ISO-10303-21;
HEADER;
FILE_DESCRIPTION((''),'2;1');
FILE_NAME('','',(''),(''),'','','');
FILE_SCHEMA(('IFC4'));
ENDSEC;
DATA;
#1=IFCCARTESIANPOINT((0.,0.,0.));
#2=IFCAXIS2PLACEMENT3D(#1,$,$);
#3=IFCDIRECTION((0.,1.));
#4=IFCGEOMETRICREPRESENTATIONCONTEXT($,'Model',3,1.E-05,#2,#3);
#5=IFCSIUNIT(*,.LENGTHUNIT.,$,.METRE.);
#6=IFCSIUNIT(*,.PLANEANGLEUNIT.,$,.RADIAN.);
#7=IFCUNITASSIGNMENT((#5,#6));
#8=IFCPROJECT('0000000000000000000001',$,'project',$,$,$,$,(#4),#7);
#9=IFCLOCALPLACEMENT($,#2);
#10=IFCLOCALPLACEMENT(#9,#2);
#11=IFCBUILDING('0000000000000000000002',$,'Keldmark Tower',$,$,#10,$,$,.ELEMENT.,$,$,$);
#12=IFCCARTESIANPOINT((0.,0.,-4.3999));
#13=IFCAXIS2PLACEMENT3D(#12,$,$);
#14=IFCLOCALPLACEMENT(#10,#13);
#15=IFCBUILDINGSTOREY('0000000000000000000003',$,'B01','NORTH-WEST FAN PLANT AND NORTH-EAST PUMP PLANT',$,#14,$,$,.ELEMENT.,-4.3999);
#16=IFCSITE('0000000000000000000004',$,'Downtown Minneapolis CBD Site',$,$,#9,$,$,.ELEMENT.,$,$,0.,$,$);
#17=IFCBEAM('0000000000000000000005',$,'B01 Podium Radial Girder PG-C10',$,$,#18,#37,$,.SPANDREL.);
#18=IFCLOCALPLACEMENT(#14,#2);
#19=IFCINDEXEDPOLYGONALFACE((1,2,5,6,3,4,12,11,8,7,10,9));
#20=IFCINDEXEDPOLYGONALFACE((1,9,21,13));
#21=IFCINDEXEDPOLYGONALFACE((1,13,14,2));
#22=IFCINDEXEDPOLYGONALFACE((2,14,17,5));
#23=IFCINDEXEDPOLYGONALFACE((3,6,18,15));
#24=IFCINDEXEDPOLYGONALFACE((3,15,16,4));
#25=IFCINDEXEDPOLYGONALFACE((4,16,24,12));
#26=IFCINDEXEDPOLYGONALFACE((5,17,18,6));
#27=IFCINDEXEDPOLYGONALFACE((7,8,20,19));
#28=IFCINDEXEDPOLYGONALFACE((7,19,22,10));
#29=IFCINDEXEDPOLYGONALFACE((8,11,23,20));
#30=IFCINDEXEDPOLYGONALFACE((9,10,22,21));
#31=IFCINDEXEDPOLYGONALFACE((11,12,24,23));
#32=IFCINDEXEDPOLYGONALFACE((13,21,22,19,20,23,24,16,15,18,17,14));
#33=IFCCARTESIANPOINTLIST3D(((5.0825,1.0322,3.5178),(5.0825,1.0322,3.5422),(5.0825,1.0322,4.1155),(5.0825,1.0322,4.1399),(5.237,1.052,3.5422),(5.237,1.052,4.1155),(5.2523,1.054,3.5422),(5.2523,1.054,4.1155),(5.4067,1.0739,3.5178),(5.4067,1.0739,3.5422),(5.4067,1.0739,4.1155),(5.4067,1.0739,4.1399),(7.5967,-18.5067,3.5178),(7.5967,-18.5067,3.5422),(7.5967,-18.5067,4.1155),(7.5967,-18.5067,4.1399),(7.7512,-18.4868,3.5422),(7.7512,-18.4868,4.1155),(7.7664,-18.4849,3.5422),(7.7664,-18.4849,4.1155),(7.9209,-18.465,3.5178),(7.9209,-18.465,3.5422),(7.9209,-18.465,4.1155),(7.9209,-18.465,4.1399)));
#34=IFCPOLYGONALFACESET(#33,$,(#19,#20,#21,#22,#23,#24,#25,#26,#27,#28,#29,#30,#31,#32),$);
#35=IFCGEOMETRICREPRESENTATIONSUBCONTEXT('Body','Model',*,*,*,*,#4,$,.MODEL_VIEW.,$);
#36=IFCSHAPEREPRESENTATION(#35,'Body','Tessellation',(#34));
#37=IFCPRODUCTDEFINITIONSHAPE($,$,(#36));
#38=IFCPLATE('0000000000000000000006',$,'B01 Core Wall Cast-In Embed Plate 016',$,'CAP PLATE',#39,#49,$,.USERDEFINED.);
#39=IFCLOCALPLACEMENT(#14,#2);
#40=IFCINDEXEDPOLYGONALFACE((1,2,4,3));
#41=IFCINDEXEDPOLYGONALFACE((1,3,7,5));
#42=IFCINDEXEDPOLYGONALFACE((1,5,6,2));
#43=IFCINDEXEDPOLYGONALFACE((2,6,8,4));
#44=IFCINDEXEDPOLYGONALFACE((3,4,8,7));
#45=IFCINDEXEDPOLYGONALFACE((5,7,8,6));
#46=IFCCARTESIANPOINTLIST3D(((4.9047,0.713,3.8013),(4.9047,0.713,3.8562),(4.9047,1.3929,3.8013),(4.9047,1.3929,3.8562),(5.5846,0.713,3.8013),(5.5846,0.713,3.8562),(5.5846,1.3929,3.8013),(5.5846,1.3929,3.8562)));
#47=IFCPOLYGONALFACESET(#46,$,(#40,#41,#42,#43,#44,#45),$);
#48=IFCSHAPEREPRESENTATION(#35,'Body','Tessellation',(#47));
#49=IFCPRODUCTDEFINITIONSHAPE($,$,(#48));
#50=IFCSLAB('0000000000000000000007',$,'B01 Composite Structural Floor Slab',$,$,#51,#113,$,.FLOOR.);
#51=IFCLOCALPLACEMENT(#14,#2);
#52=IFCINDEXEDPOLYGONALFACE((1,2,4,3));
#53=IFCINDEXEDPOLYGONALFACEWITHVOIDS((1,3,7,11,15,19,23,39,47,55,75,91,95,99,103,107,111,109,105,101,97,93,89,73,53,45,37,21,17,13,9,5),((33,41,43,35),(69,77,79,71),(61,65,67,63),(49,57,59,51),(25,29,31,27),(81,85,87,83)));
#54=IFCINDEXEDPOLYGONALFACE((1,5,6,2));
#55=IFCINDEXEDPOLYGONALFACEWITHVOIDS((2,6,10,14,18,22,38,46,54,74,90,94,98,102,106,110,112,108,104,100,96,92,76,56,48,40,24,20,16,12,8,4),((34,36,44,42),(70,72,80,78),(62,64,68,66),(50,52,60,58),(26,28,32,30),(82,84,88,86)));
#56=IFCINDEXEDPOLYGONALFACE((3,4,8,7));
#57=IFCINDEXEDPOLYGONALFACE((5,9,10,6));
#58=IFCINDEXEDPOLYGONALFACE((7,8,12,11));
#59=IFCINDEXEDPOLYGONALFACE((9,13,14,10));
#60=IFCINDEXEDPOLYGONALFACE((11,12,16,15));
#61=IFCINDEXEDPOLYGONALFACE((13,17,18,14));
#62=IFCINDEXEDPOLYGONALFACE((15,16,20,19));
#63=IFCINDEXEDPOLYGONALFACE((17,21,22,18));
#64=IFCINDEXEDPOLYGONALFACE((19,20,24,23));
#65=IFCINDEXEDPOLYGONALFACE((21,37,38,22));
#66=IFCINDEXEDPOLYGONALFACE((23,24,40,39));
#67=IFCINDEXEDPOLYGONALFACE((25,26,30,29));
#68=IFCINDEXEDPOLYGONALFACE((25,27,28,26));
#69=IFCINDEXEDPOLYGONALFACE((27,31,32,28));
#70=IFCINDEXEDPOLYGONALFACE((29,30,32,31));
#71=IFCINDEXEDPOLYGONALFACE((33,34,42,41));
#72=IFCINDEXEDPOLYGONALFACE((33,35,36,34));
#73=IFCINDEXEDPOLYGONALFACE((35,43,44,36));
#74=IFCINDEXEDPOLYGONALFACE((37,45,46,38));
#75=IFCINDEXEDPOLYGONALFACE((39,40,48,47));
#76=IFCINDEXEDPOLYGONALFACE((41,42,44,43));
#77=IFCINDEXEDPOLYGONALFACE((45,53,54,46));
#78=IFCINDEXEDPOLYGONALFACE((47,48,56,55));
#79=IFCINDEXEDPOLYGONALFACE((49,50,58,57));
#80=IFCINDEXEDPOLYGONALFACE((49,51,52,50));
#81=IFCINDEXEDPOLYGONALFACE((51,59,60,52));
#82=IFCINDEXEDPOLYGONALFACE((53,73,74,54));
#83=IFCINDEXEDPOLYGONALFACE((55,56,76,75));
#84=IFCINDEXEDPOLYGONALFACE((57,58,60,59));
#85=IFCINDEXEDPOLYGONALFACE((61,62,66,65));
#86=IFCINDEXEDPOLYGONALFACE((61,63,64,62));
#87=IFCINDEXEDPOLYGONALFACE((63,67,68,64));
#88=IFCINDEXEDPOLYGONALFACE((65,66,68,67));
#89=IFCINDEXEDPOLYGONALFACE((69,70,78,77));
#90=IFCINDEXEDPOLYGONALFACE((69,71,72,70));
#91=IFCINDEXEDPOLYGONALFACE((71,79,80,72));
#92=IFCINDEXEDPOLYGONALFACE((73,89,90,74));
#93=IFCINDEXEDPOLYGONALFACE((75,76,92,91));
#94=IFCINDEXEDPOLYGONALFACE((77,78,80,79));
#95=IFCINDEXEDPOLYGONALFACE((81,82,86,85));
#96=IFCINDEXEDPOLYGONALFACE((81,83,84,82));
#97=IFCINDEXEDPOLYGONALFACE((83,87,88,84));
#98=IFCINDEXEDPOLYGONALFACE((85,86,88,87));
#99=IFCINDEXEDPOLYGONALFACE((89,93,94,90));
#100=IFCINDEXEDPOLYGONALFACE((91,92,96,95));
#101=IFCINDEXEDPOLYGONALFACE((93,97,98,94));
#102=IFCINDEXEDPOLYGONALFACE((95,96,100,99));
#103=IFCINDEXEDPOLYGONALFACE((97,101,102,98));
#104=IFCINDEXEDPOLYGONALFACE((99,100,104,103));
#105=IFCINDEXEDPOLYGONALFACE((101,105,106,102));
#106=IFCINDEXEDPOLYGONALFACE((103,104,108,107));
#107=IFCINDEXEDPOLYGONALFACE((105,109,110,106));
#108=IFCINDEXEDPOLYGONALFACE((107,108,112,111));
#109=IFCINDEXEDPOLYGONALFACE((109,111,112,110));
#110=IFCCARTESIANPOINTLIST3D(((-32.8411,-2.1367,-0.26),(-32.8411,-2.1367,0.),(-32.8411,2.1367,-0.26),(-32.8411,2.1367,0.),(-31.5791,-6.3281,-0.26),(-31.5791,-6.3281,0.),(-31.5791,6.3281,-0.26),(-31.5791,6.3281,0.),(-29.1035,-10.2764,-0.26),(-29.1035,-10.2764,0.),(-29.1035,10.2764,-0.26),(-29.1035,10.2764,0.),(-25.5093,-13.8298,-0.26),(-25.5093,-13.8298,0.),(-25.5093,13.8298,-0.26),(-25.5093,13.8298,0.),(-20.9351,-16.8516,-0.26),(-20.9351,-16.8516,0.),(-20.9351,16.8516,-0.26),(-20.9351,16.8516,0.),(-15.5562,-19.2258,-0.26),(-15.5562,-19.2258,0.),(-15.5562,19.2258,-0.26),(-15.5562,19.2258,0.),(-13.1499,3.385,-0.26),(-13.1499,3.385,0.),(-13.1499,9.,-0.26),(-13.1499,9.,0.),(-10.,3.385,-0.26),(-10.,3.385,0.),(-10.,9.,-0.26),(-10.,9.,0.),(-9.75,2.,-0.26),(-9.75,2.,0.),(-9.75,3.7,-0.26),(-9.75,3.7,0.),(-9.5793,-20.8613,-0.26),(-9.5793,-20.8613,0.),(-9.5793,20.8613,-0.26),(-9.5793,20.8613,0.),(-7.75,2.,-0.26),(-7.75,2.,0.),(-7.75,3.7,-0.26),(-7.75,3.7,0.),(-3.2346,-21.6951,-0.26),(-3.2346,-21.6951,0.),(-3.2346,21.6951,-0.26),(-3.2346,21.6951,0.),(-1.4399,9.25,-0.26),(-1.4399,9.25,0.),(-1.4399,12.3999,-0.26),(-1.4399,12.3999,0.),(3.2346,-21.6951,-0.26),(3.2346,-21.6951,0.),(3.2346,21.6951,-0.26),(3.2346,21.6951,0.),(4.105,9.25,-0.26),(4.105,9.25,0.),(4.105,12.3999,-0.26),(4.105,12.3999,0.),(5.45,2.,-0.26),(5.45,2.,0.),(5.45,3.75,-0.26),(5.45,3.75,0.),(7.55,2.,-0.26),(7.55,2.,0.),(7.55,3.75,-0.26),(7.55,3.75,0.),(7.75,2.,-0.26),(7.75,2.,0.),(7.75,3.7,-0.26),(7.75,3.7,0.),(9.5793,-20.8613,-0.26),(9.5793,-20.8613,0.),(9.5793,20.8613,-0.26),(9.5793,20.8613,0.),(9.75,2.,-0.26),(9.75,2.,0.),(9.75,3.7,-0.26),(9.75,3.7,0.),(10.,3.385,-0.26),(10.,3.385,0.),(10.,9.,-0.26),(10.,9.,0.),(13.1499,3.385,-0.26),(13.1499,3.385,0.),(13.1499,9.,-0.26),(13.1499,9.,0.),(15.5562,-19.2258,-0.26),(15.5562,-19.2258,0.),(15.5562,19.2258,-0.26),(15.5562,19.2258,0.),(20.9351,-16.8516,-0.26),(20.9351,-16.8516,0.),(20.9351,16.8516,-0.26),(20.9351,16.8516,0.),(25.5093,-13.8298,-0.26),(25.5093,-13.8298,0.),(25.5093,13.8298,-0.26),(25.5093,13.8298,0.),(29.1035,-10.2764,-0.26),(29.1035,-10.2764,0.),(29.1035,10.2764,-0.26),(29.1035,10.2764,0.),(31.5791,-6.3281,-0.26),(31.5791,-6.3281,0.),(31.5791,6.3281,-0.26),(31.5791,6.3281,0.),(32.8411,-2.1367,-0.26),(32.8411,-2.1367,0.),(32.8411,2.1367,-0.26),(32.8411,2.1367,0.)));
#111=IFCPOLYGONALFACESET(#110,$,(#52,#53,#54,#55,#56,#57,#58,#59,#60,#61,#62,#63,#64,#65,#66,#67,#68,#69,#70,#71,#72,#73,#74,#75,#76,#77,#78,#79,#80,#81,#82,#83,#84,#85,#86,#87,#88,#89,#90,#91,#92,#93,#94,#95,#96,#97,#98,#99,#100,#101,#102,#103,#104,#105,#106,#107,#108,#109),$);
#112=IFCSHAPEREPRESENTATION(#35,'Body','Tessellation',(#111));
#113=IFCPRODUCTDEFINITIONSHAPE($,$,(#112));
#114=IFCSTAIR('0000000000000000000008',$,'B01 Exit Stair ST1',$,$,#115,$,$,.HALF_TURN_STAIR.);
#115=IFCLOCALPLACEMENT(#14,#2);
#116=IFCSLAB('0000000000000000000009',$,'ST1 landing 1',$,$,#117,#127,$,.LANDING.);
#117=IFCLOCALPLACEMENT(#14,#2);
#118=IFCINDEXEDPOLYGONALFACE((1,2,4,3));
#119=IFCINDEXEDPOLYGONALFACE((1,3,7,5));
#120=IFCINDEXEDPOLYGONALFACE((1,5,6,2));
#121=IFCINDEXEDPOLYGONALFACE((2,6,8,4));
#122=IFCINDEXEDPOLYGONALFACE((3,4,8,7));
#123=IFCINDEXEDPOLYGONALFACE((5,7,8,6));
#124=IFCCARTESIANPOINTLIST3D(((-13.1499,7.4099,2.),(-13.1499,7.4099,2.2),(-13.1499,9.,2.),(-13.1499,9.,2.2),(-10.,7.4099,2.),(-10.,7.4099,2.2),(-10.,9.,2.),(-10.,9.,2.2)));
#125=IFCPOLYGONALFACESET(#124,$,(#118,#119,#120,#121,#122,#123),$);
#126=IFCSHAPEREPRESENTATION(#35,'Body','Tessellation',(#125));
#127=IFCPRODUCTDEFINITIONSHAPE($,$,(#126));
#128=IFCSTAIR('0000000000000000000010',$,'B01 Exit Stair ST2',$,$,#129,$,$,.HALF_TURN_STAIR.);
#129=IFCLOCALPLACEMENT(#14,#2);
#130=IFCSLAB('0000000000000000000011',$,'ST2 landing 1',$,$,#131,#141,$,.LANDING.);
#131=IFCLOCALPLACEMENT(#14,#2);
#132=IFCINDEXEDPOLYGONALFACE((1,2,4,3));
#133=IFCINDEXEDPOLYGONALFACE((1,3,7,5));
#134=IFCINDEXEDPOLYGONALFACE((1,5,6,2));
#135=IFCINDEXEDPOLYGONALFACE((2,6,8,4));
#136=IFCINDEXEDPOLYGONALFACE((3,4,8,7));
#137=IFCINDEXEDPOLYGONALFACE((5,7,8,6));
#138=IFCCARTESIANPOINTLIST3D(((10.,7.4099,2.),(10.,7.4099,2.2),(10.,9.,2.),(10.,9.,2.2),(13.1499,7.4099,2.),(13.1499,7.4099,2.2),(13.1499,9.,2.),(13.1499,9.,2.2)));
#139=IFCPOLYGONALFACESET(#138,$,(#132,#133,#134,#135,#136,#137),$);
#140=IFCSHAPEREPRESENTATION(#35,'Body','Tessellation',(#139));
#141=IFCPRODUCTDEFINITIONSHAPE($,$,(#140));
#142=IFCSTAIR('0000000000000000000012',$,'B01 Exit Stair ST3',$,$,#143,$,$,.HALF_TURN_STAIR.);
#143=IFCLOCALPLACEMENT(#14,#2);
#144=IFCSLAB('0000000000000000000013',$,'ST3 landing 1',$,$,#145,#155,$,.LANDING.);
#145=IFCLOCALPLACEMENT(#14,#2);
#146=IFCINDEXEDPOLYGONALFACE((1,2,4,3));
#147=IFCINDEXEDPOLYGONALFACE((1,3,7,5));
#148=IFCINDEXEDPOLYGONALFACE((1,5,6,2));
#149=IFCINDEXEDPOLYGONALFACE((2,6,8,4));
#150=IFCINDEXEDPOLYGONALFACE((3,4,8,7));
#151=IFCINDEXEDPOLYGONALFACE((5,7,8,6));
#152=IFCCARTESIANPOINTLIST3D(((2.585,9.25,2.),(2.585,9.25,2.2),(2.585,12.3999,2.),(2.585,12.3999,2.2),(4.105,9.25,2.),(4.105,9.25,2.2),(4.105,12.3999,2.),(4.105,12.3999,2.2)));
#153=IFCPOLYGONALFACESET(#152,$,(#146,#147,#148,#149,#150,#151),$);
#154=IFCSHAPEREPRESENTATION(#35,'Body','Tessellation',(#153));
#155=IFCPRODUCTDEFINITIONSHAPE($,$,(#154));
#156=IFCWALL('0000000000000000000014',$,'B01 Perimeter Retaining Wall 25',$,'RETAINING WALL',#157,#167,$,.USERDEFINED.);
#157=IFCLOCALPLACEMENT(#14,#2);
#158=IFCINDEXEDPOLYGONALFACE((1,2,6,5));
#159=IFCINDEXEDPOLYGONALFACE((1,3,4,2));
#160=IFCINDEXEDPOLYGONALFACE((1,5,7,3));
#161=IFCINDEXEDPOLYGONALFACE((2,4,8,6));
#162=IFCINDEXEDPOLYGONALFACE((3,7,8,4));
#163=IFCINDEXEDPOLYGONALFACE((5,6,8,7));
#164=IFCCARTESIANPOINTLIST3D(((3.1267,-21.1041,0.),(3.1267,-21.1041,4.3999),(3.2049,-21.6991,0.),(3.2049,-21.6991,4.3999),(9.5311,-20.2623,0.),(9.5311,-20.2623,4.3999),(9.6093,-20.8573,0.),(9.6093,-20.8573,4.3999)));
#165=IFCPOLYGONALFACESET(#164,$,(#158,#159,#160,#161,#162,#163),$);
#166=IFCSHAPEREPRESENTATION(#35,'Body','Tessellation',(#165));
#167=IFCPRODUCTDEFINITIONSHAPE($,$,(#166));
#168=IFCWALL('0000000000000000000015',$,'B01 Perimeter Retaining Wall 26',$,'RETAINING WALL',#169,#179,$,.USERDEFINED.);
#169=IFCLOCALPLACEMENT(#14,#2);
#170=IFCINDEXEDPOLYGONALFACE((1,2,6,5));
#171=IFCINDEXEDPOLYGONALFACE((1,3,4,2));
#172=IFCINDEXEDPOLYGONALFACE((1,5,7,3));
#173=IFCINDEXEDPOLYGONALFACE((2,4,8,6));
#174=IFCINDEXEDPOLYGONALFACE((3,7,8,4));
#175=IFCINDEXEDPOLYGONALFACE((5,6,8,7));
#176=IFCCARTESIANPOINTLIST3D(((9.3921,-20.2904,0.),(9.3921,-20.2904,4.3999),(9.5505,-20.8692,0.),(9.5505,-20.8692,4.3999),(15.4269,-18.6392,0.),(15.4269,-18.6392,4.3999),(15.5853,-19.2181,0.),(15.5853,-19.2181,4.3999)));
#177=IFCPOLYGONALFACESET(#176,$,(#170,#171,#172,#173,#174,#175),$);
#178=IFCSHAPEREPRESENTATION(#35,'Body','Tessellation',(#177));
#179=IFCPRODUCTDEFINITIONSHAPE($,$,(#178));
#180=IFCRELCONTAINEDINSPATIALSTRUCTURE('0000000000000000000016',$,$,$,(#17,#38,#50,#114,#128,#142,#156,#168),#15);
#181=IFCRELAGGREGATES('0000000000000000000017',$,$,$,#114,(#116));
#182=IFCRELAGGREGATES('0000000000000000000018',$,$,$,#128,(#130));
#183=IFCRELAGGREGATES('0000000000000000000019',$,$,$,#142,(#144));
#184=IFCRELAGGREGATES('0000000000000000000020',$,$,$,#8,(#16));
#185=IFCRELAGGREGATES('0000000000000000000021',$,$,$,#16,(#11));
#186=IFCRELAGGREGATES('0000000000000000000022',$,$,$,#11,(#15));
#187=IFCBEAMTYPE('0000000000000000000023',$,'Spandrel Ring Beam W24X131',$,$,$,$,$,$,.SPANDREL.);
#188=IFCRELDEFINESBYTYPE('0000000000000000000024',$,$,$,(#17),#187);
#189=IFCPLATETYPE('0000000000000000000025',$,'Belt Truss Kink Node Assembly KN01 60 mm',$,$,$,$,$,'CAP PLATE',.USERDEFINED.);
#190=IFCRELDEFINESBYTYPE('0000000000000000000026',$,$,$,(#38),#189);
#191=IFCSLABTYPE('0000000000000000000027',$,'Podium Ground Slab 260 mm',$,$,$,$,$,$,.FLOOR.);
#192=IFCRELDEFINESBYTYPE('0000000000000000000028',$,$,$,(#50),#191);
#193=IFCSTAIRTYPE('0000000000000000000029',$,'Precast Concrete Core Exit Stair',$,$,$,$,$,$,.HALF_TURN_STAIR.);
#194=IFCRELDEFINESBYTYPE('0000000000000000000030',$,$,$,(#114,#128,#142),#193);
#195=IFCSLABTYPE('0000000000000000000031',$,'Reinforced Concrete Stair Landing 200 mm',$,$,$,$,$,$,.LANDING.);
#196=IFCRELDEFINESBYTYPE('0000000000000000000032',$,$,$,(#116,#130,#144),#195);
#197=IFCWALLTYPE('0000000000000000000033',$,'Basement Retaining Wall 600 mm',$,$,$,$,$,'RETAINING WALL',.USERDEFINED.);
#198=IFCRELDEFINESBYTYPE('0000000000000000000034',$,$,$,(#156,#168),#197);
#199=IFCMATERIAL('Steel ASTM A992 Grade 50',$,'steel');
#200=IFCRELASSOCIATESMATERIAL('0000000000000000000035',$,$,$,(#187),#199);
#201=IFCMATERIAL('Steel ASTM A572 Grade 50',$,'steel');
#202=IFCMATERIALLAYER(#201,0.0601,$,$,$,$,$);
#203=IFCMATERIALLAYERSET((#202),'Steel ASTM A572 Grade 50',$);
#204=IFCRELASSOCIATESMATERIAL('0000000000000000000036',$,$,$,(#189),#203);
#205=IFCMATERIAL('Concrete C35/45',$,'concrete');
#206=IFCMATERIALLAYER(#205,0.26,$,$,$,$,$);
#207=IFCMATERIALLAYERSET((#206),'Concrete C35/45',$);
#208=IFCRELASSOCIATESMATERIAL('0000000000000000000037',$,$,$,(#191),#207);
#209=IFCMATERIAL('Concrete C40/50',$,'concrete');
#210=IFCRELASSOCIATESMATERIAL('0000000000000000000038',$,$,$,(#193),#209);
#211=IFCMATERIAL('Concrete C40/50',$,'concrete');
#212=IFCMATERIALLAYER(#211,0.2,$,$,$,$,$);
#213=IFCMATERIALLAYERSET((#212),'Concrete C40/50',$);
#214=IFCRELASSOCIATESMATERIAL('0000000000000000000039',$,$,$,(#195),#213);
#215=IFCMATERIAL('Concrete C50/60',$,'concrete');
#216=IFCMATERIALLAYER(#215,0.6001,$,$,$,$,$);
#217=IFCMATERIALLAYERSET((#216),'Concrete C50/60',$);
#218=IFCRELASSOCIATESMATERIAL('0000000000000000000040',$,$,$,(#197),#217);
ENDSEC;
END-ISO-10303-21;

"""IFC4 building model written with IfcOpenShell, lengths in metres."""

from ifc_helpers import new_model, si_unit, direction, frame, frame_2d, origin, origin_2d, place, context, subcontext, project, spatial, polyline, rectangle, i_section, outline, extrude, material, layer, layer_set, material_profile, profile_set, type_object, element, aggregate, save


model = new_model("IFC4")

# Units and contexts
model_context = context("Model", 3, precision=1e-05, world=origin(), true_north=direction((0.0, 1.0)))
body_context = subcontext(model_context, "Body", "Model", "MODEL_VIEW")
ifc_project = project(units=[si_unit("LENGTHUNIT", "METRE"), si_unit("PLANEANGLEUNIT", "RADIAN")], contexts=[model_context])

# Site, building, storey
site_placement = place(None, origin())
site = spatial("IfcSite", under=ifc_project, at=site_placement, Name="Downtown Minneapolis CBD Site", CompositionType="ELEMENT", RefElevation=0.0)
building_placement = place(site_placement, origin())
building = spatial("IfcBuilding", under=site, at=building_placement, Name="Keldmark Tower", CompositionType="ELEMENT")
storey_placement = place(building_placement, frame((0.0, 0.0, -4.3999)))
storey = spatial("IfcBuildingStorey", under=building, at=storey_placement, Name="B01", Description="NORTH-WEST FAN PLANT AND NORTH-EAST PUMP PLANT", CompositionType="ELEMENT", Elevation=-4.3999)

# Beam
ifc_material_1 = material(Name="Steel ASTM A992 Grade 50", Category="steel")
ifc_material_profile_1 = material_profile(ifc_material_1, i_section(OverallWidth=0.3269, OverallDepth=0.6221, WebThickness=0.0154, FlangeThickness=0.0244, at=origin_2d()), Name="W24X131")
ifc_profile_set_1 = profile_set([ifc_material_profile_1], Name="Steel ASTM A992 Grade 50")
beam_type_1 = type_object("IfcBeamType", Name="Spandrel Ring Beam W24X131", PredefinedType="SPANDREL", material=ifc_profile_set_1)
beam_1_placement = place(storey_placement, frame((7.7588, -18.4858, 3.8289), z_axis=(-0.127623, 0.991823, 0.0), x_axis=(-0.991823, -0.127623, 0.0)))
element("IfcBeam", 1, at=beam_1_placement, inside=storey, type_object=beam_type_1, Name="B01 Podium Radial Girder PG-C10", PredefinedType="SPANDREL", context=body_context, shape_type="SweptSolid", body=[
    extrude(i_section(OverallWidth=0.3269, OverallDepth=0.6221, WebThickness=0.0154, FlangeThickness=0.0244, at=origin_2d()), origin(), (0.0, 0.0, 1.0), 19.7),
])

# Plate
ifc_material_2 = material(Name="Steel ASTM A572 Grade 50", Category="steel")
ifc_layer_1 = layer(ifc_material_2, 0.0601)
ifc_layer_set_1 = layer_set([ifc_layer_1], Name="Steel ASTM A572 Grade 50")
plate_type = type_object("IfcPlateType", Name="Belt Truss Kink Node Assembly KN01 60 mm", ElementType="CAP PLATE", PredefinedType="USERDEFINED", material=ifc_layer_set_1)
plate_placement = place(storey_placement, frame((5.2446, 1.053, 3.8013), z_axis=(0.0, 0.0, 1.0), x_axis=(1.0, 0.0, 0.0)))
element("IfcPlate", 2, at=plate_placement, inside=storey, type_object=plate_type, Name="B01 Core Wall Cast-In Embed Plate 016", ObjectType="CAP PLATE", PredefinedType="USERDEFINED", context=body_context, shape_type="SweptSolid", body=[
    extrude(rectangle(XDim=0.6799, YDim=0.6799, at=origin_2d()), origin(), (0.0, 0.0, 1.0), 0.0549),
])

# Slab
ifc_material_3 = material(Name="Concrete C35/45", Category="concrete")
ifc_layer_2 = layer(ifc_material_3, 0.26)
ifc_layer_set_2 = layer_set([ifc_layer_2], Name="Concrete C35/45")
slab_type_1 = type_object("IfcSlabType", Name="Podium Ground Slab 260 mm", PredefinedType="FLOOR", material=ifc_layer_set_2)
slab_1_placement = place(storey_placement, frame((0.0, 0.0, -0.26)))
element("IfcSlab", 3, at=slab_1_placement, inside=storey, type_object=slab_type_1, Name="B01 Composite Structural Floor Slab", PredefinedType="FLOOR", context=body_context, shape_type="SweptSolid", body=[
    extrude(outline(polyline([(32.8411, 2.1367), (31.5791, 6.3281), (29.1035, 10.2764), (25.5093, 13.8298), (20.9351, 16.8516), (15.5562, 19.2258), (9.5793, 20.8613), (3.2346, 21.6951), (-3.2346, 21.6951), (-9.5793, 20.8613), (-15.5562, 19.2258), (-20.9351, 16.8516), (-25.5093, 13.8298), (-29.1035, 10.2764), (-31.5791, 6.3281), (-32.8411, 2.1367), (-32.8411, -2.1367), (-31.5791, -6.3281), (-29.1035, -10.2764), (-25.5093, -13.8298), (-20.9351, -16.8516), (-15.5562, -19.2258), (-9.5793, -20.8613), (-3.2346, -21.6951), (3.2346, -21.6951), (9.5793, -20.8613), (15.5562, -19.2258), (20.9351, -16.8516), (25.5093, -13.8298), (29.1035, -10.2764), (31.5791, -6.3281), (32.8411, -2.1367), (32.8411, 2.1367)]), holes=[polyline([(-10.0, 3.385), (-10.0, 9.0), (-13.1499, 9.0), (-13.1499, 3.385), (-10.0, 3.385)]), polyline([(13.1499, 3.385), (13.1499, 9.0), (10.0, 9.0), (10.0, 3.385), (13.1499, 3.385)]), polyline([(-1.4399, 9.25), (4.105, 9.25), (4.105, 12.3999), (-1.4399, 12.3999), (-1.4399, 9.25)]), polyline([(-9.75, 2.0), (-7.75, 2.0), (-7.75, 3.7), (-9.75, 3.7), (-9.75, 2.0)]), polyline([(7.75, 2.0), (9.75, 2.0), (9.75, 3.7), (7.75, 3.7), (7.75, 2.0)]), polyline([(5.45, 2.0), (7.55, 2.0), (7.55, 3.75), (5.45, 3.75), (5.45, 2.0)])]), origin(), (0.0, 0.0, 1.0), 0.26),
])

# Stairs, slabs
ifc_material_4 = material(Name="Concrete C40/50", Category="concrete")
stair_type = type_object("IfcStairType", Name="Precast Concrete Core Exit Stair", PredefinedType="HALF_TURN_STAIR", material=ifc_material_4)
stair_1_placement = place(storey_placement, origin())
stair_1 = element("IfcStair", 4, at=stair_1_placement, inside=storey, type_object=stair_type, Name="B01 Exit Stair ST1", PredefinedType="HALF_TURN_STAIR")
ifc_material_5 = material(Name="Concrete C40/50", Category="concrete")
ifc_layer_3 = layer(ifc_material_5, 0.2)
ifc_layer_set_3 = layer_set([ifc_layer_3], Name="Concrete C40/50")
slab_type_2 = type_object("IfcSlabType", Name="Reinforced Concrete Stair Landing 200 mm", PredefinedType="LANDING", material=ifc_layer_set_3)
slab_2_placement = place(storey_placement, frame((0.0, 0.0, 2.0)))
slab_2 = element("IfcSlab", 5, at=slab_2_placement, type_object=slab_type_2, Name="ST1 landing 1", PredefinedType="LANDING", context=body_context, shape_type="SweptSolid", body=[
    extrude(outline(polyline([(-10.0, 7.4099), (-10.0, 9.0), (-13.1499, 9.0), (-13.1499, 7.4099), (-10.0, 7.4099)])), origin(), (0.0, 0.0, 1.0), 0.2),
])
aggregate(stair_1, [slab_2])
stair_2_placement = place(storey_placement, origin())
stair_2 = element("IfcStair", 6, at=stair_2_placement, inside=storey, type_object=stair_type, Name="B01 Exit Stair ST2", PredefinedType="HALF_TURN_STAIR")
slab_3_placement = place(storey_placement, frame((0.0, 0.0, 2.0)))
slab_3 = element("IfcSlab", 7, at=slab_3_placement, type_object=slab_type_2, Name="ST2 landing 1", PredefinedType="LANDING", context=body_context, shape_type="SweptSolid", body=[
    extrude(outline(polyline([(13.1499, 7.4099), (13.1499, 9.0), (10.0, 9.0), (10.0, 7.4099), (13.1499, 7.4099)])), origin(), (0.0, 0.0, 1.0), 0.2),
])
aggregate(stair_2, [slab_3])
stair_3_placement = place(storey_placement, origin())
stair_3 = element("IfcStair", 8, at=stair_3_placement, inside=storey, type_object=stair_type, Name="B01 Exit Stair ST3", PredefinedType="HALF_TURN_STAIR")
slab_4_placement = place(storey_placement, frame((0.0, 0.0, 2.0)))
slab_4 = element("IfcSlab", 9, at=slab_4_placement, type_object=slab_type_2, Name="ST3 landing 1", PredefinedType="LANDING", context=body_context, shape_type="SweptSolid", body=[
    extrude(outline(polyline([(2.585, 9.25), (4.105, 9.25), (4.105, 12.3999), (2.585, 12.3999), (2.585, 9.25)])), origin(), (0.0, 0.0, 1.0), 0.2),
])
aggregate(stair_3, [slab_4])

# Walls
ifc_material_6 = material(Name="Concrete C50/60", Category="concrete")
ifc_layer_4 = layer(ifc_material_6, 0.6001)
ifc_layer_set_4 = layer_set([ifc_layer_4], Name="Concrete C50/60")
wall_type_1 = type_object("IfcWallType", Name="Basement Retaining Wall 600 mm", ElementType="RETAINING WALL", PredefinedType="USERDEFINED", material=ifc_layer_set_4)
wall_1_placement = place(storey_placement, frame((3.1658, -21.4016, 0.0), z_axis=(0.0, 0.0, 1.0), x_axis=(0.991472, 0.130322, 0.0)))
element("IfcWall", 10, at=wall_1_placement, inside=storey, type_object=wall_type_1, Name="B01 Perimeter Retaining Wall 25", ObjectType="RETAINING WALL", PredefinedType="USERDEFINED", context=body_context, shape_type="SweptSolid", body=[
    extrude(rectangle(XDim=6.4595, YDim=0.6001, at=frame_2d((3.2297, 0.0))), origin(), (0.0, 0.0, 1.0), 4.3999),
])
wall_2_placement = place(storey_placement, frame((9.4712, -20.5798, 0.0), z_axis=(0.0, 0.0, 1.0), x_axis=(0.964548, 0.263906, 0.0)))
element("IfcWall", 11, at=wall_2_placement, inside=storey, type_object=wall_type_1, Name="B01 Perimeter Retaining Wall 26", ObjectType="RETAINING WALL", PredefinedType="USERDEFINED", context=body_context, shape_type="SweptSolid", body=[
    extrude(rectangle(XDim=6.2566, YDim=0.6001, at=frame_2d((3.1284, 0.0))), origin(), (0.0, 0.0, 1.0), 4.3999),
])

save(model, "model.ifc")
